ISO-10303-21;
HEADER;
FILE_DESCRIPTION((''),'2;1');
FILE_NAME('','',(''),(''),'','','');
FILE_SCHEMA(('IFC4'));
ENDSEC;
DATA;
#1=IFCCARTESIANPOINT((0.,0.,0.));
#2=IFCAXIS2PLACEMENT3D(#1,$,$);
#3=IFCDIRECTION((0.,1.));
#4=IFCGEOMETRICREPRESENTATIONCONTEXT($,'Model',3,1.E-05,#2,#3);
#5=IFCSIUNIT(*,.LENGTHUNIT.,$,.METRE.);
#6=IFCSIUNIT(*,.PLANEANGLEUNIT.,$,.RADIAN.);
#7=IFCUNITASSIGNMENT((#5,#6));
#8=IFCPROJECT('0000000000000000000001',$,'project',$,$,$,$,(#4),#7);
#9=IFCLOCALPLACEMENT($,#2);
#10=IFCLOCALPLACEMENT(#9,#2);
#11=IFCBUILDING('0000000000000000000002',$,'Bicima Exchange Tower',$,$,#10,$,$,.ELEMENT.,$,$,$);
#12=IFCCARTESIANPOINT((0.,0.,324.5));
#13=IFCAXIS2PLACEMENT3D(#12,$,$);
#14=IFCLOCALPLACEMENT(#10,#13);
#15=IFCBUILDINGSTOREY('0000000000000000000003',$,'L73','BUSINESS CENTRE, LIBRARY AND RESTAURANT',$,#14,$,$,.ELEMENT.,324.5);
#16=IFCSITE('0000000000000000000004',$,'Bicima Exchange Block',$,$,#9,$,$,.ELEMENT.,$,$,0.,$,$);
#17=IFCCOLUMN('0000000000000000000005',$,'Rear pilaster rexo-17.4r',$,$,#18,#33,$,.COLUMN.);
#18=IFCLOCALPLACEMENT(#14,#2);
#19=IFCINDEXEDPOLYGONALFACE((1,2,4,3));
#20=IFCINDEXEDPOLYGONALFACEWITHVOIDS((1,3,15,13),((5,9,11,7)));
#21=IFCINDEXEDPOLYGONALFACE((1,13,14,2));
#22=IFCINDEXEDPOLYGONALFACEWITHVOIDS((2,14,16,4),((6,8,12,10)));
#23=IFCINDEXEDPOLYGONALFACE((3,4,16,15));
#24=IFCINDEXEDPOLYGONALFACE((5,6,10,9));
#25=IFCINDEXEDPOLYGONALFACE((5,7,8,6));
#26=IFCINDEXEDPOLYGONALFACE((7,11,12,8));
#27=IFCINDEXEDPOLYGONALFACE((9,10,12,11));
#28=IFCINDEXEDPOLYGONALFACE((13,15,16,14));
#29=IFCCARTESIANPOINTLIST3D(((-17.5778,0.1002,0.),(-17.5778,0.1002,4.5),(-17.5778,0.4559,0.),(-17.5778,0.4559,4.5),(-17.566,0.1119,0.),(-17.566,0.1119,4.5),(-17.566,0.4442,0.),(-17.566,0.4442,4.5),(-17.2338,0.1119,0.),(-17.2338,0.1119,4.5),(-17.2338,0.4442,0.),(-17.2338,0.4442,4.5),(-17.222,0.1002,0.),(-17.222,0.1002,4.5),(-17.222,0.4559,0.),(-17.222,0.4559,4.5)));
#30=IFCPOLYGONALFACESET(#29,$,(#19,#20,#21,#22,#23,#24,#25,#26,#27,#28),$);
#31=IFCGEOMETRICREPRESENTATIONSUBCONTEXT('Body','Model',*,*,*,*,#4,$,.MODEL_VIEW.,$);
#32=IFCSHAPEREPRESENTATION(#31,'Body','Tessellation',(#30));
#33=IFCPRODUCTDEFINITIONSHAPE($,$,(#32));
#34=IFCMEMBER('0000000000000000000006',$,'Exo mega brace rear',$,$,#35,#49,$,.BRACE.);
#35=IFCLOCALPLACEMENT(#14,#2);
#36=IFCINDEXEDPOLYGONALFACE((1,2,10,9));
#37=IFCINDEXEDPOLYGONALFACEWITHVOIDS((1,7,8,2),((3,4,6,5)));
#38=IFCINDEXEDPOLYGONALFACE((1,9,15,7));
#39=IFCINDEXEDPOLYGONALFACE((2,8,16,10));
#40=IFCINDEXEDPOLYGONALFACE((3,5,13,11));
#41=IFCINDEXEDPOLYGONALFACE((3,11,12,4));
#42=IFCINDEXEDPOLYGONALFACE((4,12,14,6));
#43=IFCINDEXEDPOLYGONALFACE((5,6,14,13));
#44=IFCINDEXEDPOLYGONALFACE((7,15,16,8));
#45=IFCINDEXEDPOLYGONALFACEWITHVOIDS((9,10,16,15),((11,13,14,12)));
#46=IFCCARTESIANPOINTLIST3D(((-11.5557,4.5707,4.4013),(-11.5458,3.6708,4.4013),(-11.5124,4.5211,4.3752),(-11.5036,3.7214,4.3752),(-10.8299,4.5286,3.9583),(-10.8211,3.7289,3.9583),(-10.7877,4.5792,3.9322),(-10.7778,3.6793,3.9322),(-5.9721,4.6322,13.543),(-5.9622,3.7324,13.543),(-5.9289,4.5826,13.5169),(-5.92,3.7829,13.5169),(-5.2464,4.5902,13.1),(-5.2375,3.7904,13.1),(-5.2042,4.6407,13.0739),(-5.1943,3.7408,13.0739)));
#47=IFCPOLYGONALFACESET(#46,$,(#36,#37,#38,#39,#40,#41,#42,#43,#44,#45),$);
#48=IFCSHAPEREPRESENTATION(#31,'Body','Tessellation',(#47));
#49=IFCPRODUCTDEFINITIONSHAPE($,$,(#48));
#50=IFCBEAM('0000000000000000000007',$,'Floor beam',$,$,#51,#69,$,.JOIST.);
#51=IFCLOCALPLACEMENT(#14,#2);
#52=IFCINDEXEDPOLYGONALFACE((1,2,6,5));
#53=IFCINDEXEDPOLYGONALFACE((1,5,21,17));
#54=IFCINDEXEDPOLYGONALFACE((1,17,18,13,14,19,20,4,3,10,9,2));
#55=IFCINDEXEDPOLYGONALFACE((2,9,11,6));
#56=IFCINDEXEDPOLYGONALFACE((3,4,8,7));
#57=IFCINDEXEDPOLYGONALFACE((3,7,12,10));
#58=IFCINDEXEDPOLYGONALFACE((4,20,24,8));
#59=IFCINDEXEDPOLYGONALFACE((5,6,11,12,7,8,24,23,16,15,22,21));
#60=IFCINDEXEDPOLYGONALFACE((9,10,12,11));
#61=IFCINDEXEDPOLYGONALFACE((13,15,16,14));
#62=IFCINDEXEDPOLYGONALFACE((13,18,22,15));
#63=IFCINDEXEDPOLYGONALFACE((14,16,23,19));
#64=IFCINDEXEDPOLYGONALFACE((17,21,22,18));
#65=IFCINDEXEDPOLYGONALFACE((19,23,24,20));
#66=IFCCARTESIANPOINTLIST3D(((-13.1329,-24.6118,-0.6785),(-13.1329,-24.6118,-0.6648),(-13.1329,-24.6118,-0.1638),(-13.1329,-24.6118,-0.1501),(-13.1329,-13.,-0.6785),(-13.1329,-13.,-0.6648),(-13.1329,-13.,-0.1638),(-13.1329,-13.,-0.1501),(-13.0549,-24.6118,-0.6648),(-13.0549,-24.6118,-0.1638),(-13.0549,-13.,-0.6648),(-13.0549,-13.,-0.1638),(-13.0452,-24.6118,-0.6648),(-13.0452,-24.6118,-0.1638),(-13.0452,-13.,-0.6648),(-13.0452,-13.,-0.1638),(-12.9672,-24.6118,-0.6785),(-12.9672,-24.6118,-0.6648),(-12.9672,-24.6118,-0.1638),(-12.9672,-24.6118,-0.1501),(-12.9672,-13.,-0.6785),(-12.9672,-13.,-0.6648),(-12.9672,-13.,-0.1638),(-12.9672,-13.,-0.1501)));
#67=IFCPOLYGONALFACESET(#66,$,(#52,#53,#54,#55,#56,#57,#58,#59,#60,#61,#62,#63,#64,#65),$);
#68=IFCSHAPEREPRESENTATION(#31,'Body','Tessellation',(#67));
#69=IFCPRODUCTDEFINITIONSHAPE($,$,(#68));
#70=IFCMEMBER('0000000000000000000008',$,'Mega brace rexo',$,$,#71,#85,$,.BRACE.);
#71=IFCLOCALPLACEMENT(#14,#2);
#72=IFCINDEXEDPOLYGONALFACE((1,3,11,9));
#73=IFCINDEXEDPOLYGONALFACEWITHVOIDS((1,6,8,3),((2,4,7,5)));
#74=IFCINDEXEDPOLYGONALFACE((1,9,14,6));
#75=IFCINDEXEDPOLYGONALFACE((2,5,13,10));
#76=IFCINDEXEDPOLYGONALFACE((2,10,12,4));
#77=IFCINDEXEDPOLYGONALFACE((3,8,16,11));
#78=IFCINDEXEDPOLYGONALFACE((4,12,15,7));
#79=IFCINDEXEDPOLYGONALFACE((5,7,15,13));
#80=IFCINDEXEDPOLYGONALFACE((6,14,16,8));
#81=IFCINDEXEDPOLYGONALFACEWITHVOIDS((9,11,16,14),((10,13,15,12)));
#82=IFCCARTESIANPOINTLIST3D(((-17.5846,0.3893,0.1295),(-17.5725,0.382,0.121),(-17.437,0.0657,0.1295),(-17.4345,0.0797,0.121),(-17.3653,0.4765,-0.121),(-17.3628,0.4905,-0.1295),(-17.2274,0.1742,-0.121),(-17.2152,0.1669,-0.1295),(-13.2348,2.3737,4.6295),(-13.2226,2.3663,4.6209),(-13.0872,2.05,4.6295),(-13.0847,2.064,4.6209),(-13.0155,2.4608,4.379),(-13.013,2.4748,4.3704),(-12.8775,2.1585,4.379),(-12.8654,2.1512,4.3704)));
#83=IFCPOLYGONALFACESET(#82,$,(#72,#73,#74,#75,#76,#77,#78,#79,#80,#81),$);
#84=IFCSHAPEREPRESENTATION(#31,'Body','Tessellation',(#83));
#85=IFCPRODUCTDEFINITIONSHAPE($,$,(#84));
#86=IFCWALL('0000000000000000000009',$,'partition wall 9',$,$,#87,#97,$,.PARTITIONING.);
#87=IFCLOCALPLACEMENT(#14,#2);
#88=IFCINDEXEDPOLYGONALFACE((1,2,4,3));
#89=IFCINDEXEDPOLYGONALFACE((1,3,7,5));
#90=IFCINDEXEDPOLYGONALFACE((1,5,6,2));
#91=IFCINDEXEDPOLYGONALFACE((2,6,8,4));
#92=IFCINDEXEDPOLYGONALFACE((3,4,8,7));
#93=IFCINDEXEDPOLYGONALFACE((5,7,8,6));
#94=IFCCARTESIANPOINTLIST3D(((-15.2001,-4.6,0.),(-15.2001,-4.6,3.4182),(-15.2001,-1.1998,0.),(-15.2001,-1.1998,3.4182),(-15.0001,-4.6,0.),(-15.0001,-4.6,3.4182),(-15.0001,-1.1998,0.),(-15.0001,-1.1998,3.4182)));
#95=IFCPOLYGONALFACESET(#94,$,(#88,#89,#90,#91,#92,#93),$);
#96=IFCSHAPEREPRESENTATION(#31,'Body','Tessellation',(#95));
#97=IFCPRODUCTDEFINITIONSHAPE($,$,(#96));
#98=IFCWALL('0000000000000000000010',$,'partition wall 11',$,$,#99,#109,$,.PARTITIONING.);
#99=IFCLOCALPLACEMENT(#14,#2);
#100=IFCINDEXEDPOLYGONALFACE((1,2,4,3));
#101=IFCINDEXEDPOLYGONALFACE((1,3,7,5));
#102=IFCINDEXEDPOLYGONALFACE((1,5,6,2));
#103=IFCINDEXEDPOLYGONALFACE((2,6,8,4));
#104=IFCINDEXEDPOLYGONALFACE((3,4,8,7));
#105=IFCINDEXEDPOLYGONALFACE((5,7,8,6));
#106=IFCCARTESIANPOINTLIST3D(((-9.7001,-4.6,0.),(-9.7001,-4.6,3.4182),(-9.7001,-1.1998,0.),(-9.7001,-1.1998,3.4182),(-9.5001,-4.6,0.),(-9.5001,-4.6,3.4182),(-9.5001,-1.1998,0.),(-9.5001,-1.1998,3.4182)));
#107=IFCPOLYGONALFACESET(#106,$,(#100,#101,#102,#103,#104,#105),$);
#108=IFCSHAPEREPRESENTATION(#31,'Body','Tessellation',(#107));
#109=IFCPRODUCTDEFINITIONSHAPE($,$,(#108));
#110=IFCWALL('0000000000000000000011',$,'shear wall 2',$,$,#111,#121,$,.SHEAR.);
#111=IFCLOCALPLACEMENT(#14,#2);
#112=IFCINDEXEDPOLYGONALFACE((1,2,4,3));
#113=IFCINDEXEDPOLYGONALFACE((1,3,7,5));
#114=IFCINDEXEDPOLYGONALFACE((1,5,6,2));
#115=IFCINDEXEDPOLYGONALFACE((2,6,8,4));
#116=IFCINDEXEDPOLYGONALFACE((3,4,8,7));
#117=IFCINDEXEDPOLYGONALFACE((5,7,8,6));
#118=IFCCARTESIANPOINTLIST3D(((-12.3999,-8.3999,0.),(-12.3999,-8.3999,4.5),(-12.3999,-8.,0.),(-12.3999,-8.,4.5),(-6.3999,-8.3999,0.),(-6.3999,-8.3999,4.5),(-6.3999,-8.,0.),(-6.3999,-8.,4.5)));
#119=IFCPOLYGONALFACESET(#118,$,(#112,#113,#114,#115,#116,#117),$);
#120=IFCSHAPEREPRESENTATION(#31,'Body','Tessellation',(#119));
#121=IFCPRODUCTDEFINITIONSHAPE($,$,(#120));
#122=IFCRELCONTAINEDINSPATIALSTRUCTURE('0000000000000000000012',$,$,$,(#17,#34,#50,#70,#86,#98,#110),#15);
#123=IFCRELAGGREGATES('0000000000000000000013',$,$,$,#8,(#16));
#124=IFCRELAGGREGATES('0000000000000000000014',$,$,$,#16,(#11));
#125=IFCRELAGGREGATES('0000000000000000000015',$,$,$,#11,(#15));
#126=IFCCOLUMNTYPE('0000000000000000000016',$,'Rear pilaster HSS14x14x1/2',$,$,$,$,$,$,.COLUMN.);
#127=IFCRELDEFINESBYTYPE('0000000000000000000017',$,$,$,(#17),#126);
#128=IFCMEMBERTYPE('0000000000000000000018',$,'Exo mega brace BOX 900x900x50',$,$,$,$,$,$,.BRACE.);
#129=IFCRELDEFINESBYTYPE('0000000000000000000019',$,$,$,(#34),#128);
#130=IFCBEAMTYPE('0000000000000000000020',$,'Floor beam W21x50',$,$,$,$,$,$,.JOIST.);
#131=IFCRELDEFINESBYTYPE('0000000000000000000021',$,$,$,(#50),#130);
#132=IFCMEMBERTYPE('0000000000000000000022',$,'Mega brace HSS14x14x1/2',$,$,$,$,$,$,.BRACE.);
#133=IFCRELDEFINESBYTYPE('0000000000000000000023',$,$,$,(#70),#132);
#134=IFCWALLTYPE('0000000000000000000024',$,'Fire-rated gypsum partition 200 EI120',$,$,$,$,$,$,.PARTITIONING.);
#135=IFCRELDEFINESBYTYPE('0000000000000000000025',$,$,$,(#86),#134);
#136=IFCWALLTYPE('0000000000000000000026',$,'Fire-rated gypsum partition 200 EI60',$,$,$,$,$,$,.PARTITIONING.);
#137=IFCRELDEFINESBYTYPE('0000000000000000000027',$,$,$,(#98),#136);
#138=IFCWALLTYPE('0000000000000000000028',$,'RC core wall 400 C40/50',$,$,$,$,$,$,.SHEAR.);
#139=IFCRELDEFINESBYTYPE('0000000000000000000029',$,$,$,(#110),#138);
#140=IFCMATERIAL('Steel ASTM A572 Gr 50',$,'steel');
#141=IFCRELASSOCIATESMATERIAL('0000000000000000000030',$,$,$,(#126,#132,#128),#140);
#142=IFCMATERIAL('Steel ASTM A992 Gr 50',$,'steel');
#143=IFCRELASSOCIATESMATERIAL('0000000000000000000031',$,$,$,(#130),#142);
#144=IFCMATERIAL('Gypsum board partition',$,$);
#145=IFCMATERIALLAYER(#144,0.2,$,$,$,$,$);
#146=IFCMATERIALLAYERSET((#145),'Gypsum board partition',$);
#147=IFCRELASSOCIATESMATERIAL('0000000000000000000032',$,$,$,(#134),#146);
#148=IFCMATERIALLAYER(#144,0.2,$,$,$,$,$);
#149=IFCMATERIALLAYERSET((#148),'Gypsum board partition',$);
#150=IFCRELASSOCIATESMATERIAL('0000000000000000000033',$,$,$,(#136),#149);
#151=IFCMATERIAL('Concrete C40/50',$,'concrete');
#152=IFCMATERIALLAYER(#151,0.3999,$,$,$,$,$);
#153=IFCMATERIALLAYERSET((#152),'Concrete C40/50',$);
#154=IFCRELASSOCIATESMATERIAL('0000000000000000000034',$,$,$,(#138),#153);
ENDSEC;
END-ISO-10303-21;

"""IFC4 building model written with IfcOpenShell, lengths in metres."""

from ifc_helpers import new_model, si_unit, direction, frame, frame_2d, origin, origin_2d, place, context, subcontext, project, spatial, rectangle, hollow_rectangle, i_section, extrude, material, layer, layer_set, material_profile, profile_set, type_object, element, save


model = new_model("IFC4")

# Units and contexts
model_context = context("Model", 3, precision=1e-05, world=origin(), true_north=direction((0.0, 1.0)))
body_context = subcontext(model_context, "Body", "Model", "MODEL_VIEW")
ifc_project = project(units=[si_unit("LENGTHUNIT", "METRE"), si_unit("PLANEANGLEUNIT", "RADIAN")], contexts=[model_context])

# Site, building, storey
site_placement = place(None, origin())
site = spatial("IfcSite", under=ifc_project, at=site_placement, Name="Bicima Exchange Block", CompositionType="ELEMENT", RefElevation=0.0)
building_placement = place(site_placement, origin())
building = spatial("IfcBuilding", under=site, at=building_placement, Name="Bicima Exchange Tower", CompositionType="ELEMENT")
storey_placement = place(building_placement, frame((0.0, 0.0, 324.5)))
storey = spatial("IfcBuildingStorey", under=building, at=storey_placement, Name="L73", Description="BUSINESS CENTRE, LIBRARY AND RESTAURANT", CompositionType="ELEMENT", Elevation=324.5)

# Column
ifc_material_1 = material(Name="Steel ASTM A572 Gr 50", Category="steel")
ifc_material_profile_1 = material_profile(ifc_material_1, hollow_rectangle(XDim=0.3557, YDim=0.3557, WallThickness=0.0117, at=origin_2d()))
ifc_profile_set_1 = profile_set([ifc_material_profile_1], Name="Steel ASTM A572 Gr 50")
column_type = type_object("IfcColumnType", Name="Rear pilaster HSS14x14x1/2", PredefinedType="COLUMN", material=ifc_profile_set_1)
column_placement = place(storey_placement, frame((-17.3999, 0.2781, 0.0), z_axis=(0.0, 0.0, 1.0), x_axis=(1.0, 0.0, 0.0)))
element("IfcColumn", 1, at=column_placement, inside=storey, type_object=column_type, Name="Rear pilaster rexo-17.4r", PredefinedType="COLUMN", context=body_context, shape_type="SweptSolid", body=[
    extrude(hollow_rectangle(XDim=0.3557, YDim=0.3557, WallThickness=0.0117, at=origin_2d()), origin(), (0.0, 0.0, 1.0), 4.5),
])

# Member
ifc_material_profile_2 = material_profile(ifc_material_1, hollow_rectangle(XDim=0.8999, YDim=0.8999, WallThickness=0.05, at=origin_2d()))
ifc_profile_set_2 = profile_set([ifc_material_profile_2], Name="Steel ASTM A572 Gr 50")
member_type_1 = type_object("IfcMemberType", Name="Exo mega brace BOX 900x900x50", PredefinedType="BRACE", material=ifc_profile_set_2)
member_1_placement = place(storey_placement, frame((-11.1667, 4.125, 4.1667), z_axis=(0.521235, 0.005743, 0.853394), x_axis=(-0.011018, 0.999939, 0.0)))
element("IfcMember", 2, at=member_1_placement, inside=storey, type_object=member_type_1, Name="Exo mega brace rear", PredefinedType="BRACE", context=body_context, shape_type="SweptSolid", body=[
    extrude(hollow_rectangle(XDim=0.8999, YDim=0.8999, WallThickness=0.05, at=origin_2d()), origin(), (0.0, 0.0, 1.0), 10.7122),
])

# Beam
ifc_material_2 = material(Name="Steel ASTM A992 Gr 50", Category="steel")
ifc_material_profile_3 = material_profile(ifc_material_2, i_section(OverallWidth=0.1658, OverallDepth=0.5283, WebThickness=0.0098, FlangeThickness=0.0137, at=origin_2d()))
ifc_profile_set_3 = profile_set([ifc_material_profile_3], Name="Steel ASTM A992 Gr 50")
beam_type = type_object("IfcBeamType", Name="Floor beam W21x50", PredefinedType="JOIST", material=ifc_profile_set_3)
beam_placement = place(storey_placement, frame((-13.05, -13.0, -0.4143), z_axis=(0.0, -1.0, 0.0), x_axis=(1.0, 0.0, 0.0)))
element("IfcBeam", 3, at=beam_placement, inside=storey, type_object=beam_type, Name="Floor beam", PredefinedType="JOIST", context=body_context, shape_type="SweptSolid", body=[
    extrude(i_section(OverallWidth=0.1658, OverallDepth=0.5283, WebThickness=0.0098, FlangeThickness=0.0137, at=origin_2d()), origin(), (0.0, 0.0, 1.0), 11.6118),
])

# Member
member_type_2 = type_object("IfcMemberType", Name="Mega brace HSS14x14x1/2", PredefinedType="BRACE", material=ifc_profile_set_1)
member_2_placement = place(storey_placement, frame((-17.3999, 0.2781, 0.0), z_axis=(0.662508, 0.302232, 0.685376), x_axis=(-0.415045, 0.909801, 0.0)))
element("IfcMember", 4, at=member_2_placement, inside=storey, type_object=member_type_2, Name="Mega brace rexo", PredefinedType="BRACE", context=body_context, shape_type="SweptSolid", body=[
    extrude(hollow_rectangle(XDim=0.3557, YDim=0.3557, WallThickness=0.0117, at=origin_2d()), origin(), (0.0, 0.0, 1.0), 6.5657),
])

# Walls
ifc_material_3 = material(Name="Gypsum board partition")
ifc_layer_1 = layer(ifc_material_3, 0.2)
ifc_layer_set_1 = layer_set([ifc_layer_1], Name="Gypsum board partition")
wall_type_1 = type_object("IfcWallType", Name="Fire-rated gypsum partition 200 EI120", PredefinedType="PARTITIONING", material=ifc_layer_set_1)
wall_1_placement = place(storey_placement, frame((-15.1001, -4.6001, 0.0), z_axis=(0.0, 0.0, 1.0), x_axis=(0.0, 1.0, 0.0)))
element("IfcWall", 5, at=wall_1_placement, inside=storey, type_object=wall_type_1, Name="partition wall 9", PredefinedType="PARTITIONING", context=body_context, shape_type="SweptSolid", body=[
    extrude(rectangle(XDim=3.4001, YDim=0.2, at=frame_2d((1.7002, 0.0))), origin(), (0.0, 0.0, 1.0), 3.4182),
])
ifc_layer_2 = layer(ifc_material_3, 0.2)
ifc_layer_set_2 = layer_set([ifc_layer_2], Name="Gypsum board partition")
wall_type_2 = type_object("IfcWallType", Name="Fire-rated gypsum partition 200 EI60", PredefinedType="PARTITIONING", material=ifc_layer_set_2)
wall_2_placement = place(storey_placement, frame((-9.6001, -4.6001, 0.0), z_axis=(0.0, 0.0, 1.0), x_axis=(0.0, 1.0, 0.0)))
element("IfcWall", 6, at=wall_2_placement, inside=storey, type_object=wall_type_2, Name="partition wall 11", PredefinedType="PARTITIONING", context=body_context, shape_type="SweptSolid", body=[
    extrude(rectangle(XDim=3.4001, YDim=0.2, at=frame_2d((1.7002, 0.0))), origin(), (0.0, 0.0, 1.0), 3.4182),
])
ifc_material_4 = material(Name="Concrete C40/50", Category="concrete")
ifc_layer_3 = layer(ifc_material_4, 0.3999)
ifc_layer_set_3 = layer_set([ifc_layer_3], Name="Concrete C40/50")
wall_type_3 = type_object("IfcWallType", Name="RC core wall 400 C40/50", PredefinedType="SHEAR", material=ifc_layer_set_3)
wall_3_placement = place(storey_placement, frame((-12.3999, -8.2, 0.0), z_axis=(0.0, 0.0, 1.0), x_axis=(1.0, 0.0, 0.0)))
element("IfcWall", 7, at=wall_3_placement, inside=storey, type_object=wall_type_3, Name="shear wall 2", PredefinedType="SHEAR", context=body_context, shape_type="SweptSolid", body=[
    extrude(rectangle(XDim=6.0, YDim=0.3999, at=frame_2d((3.0, 0.0))), origin(), (0.0, 0.0, 1.0), 4.5),
])

save(model, "model.ifc")
